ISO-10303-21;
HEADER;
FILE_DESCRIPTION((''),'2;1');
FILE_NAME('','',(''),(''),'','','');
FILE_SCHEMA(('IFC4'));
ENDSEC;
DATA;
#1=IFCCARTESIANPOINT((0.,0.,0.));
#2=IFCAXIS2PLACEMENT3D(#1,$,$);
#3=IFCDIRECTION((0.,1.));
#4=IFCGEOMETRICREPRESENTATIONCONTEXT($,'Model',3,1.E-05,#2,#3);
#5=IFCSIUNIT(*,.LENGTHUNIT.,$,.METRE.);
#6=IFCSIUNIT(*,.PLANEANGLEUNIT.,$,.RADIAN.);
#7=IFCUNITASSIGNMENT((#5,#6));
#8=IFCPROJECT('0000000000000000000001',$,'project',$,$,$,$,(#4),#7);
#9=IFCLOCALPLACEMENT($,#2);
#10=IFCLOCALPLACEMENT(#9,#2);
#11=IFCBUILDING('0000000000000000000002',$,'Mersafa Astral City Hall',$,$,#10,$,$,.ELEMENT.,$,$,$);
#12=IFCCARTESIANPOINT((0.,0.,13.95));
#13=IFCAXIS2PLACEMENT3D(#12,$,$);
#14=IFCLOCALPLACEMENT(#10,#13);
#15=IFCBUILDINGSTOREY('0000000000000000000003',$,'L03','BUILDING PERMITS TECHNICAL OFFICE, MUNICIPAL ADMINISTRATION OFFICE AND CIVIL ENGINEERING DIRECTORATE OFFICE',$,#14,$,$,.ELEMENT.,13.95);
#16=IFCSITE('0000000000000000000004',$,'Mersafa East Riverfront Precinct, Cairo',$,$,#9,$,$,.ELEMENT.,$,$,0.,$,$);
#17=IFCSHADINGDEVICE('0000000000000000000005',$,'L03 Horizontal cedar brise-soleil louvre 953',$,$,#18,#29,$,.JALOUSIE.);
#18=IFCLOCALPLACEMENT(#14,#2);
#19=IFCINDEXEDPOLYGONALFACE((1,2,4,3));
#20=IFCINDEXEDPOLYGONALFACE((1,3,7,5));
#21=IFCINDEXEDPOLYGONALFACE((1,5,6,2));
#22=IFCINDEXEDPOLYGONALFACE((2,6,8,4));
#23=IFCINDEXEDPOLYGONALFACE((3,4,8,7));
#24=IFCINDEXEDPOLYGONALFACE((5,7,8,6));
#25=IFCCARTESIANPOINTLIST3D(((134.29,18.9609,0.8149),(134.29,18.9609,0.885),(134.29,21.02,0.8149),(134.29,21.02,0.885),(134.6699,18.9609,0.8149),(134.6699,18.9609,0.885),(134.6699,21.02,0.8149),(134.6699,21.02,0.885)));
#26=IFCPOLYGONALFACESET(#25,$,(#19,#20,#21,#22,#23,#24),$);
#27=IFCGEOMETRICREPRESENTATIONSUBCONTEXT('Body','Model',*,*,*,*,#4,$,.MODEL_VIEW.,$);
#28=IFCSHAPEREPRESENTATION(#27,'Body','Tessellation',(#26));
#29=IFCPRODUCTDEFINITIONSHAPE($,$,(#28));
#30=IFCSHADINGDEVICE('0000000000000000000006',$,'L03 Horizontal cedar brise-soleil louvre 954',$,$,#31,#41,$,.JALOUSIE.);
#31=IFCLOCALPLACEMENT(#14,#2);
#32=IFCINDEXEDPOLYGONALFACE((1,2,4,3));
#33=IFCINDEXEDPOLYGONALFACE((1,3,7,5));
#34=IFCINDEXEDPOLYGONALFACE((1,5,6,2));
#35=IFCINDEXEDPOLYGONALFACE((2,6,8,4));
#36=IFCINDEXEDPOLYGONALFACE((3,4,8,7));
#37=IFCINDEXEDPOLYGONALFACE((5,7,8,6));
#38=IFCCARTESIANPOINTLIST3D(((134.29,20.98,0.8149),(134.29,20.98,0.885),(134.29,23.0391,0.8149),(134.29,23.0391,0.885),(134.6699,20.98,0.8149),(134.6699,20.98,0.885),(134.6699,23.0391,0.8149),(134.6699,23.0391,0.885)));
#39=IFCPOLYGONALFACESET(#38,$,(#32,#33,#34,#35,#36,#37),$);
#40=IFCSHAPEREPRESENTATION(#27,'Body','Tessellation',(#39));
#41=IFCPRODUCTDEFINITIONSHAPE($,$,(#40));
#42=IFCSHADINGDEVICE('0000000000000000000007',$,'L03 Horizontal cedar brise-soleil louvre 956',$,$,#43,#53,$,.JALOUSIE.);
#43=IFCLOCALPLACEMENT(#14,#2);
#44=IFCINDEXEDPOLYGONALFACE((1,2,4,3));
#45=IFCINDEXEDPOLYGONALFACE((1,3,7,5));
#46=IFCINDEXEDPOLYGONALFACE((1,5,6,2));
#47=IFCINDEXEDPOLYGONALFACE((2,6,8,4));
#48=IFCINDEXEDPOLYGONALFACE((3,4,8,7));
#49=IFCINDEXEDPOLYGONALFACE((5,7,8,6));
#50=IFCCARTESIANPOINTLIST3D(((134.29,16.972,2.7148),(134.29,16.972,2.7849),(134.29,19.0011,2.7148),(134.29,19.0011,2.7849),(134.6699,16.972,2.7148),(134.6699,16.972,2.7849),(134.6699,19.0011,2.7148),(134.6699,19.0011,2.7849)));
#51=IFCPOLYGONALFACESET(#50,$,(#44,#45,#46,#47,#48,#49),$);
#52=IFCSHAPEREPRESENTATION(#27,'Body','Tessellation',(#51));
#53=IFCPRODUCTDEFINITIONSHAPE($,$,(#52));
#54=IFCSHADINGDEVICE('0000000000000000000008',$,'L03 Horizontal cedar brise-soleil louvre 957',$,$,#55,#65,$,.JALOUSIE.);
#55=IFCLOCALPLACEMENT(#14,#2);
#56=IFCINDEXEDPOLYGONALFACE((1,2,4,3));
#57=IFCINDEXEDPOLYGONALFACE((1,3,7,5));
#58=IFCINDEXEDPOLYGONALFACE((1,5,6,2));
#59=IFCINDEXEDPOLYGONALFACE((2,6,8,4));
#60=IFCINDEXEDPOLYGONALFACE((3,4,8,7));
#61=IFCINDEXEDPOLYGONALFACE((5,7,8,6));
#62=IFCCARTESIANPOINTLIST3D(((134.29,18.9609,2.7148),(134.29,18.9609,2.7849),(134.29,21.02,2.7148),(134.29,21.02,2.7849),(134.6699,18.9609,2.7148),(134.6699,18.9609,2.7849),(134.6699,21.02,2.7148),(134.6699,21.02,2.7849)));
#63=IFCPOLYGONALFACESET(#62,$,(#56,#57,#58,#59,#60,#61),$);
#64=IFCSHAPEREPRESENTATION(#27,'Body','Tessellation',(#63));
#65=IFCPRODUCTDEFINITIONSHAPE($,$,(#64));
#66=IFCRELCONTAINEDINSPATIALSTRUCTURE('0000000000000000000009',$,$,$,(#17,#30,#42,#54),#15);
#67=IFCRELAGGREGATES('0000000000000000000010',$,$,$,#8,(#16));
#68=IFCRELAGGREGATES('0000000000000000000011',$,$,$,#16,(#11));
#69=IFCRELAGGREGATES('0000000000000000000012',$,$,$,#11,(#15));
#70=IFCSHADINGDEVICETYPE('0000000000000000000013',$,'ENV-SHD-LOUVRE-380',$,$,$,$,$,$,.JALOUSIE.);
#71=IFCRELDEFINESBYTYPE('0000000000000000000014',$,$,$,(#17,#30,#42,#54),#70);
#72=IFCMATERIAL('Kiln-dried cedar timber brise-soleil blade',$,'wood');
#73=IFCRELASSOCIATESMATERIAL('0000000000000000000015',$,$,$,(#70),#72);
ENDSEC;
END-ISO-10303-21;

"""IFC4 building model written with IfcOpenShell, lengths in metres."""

from ifc_helpers import new_model, si_unit, direction, frame, origin, origin_2d, place, context, subcontext, project, spatial, rectangle, extrude, material, type_object, element, save


model = new_model("IFC4")

# Units and contexts
model_context = context("Model", 3, precision=1e-05, world=origin(), true_north=direction((0.0, 1.0)))
body_context = subcontext(model_context, "Body", "Model", "MODEL_VIEW")
ifc_project = project(units=[si_unit("LENGTHUNIT", "METRE"), si_unit("PLANEANGLEUNIT", "RADIAN")], contexts=[model_context])

# Site, building, storey
site_placement = place(None, origin())
site = spatial("IfcSite", under=ifc_project, at=site_placement, Name="Mersafa East Riverfront Precinct, Cairo", CompositionType="ELEMENT", RefElevation=0.0)
building_placement = place(site_placement, origin())
building = spatial("IfcBuilding", under=site, at=building_placement, Name="Mersafa Astral City Hall", CompositionType="ELEMENT")
storey_placement = place(building_placement, frame((0.0, 0.0, 13.95)))
storey = spatial("IfcBuildingStorey", under=building, at=storey_placement, Name="L03", Description="BUILDING PERMITS TECHNICAL OFFICE, MUNICIPAL ADMINISTRATION OFFICE AND CIVIL ENGINEERING DIRECTORATE OFFICE", CompositionType="ELEMENT", Elevation=13.95)

# Shading devices
ifc_material_1 = material(Name="Kiln-dried cedar timber brise-soleil blade", Category="wood")
shading_device_type = type_object("IfcShadingDeviceType", Name="ENV-SHD-LOUVRE-380", PredefinedType="JALOUSIE", material=ifc_material_1)
for number, where, z_axis, x_axis, name in (
    (1, (134.48, 19.9905, 0.8149), (0.0, 0.0, 1.0), (0.0, 1.0, 0.0), "L03 Horizontal cedar brise-soleil louvre 953"),
    (2, (134.48, 22.0095, 0.8149), (0.0, 0.0, 1.0), (0.0, 1.0, 0.0), "L03 Horizontal cedar brise-soleil louvre 954"),
):
    element("IfcShadingDevice", number, at=place(storey_placement, frame(where, z_axis=z_axis, x_axis=x_axis)), inside=storey, type_object=shading_device_type, Name=name, PredefinedType="JALOUSIE", context=body_context, shape_type="SweptSolid", body=[
        extrude(rectangle(XDim=2.0591, YDim=0.3799, at=origin_2d()), origin(), (0.0, 0.0, 1.0), 0.0701),
    ])
shading_device_1_placement = place(storey_placement, frame((134.48, 17.9866, 2.7148), z_axis=(0.0, 0.0, 1.0), x_axis=(0.0, 1.0, 0.0)))
element("IfcShadingDevice", 3, at=shading_device_1_placement, inside=storey, type_object=shading_device_type, Name="L03 Horizontal cedar brise-soleil louvre 956", PredefinedType="JALOUSIE", context=body_context, shape_type="SweptSolid", body=[
    extrude(rectangle(XDim=2.0291, YDim=0.3799, at=origin_2d()), origin(), (0.0, 0.0, 1.0), 0.0701),
])
shading_device_2_placement = place(storey_placement, frame((134.48, 19.9905, 2.7148), z_axis=(0.0, 0.0, 1.0), x_axis=(0.0, 1.0, 0.0)))
element("IfcShadingDevice", 4, at=shading_device_2_placement, inside=storey, type_object=shading_device_type, Name="L03 Horizontal cedar brise-soleil louvre 957", PredefinedType="JALOUSIE", context=body_context, shape_type="SweptSolid", body=[
    extrude(rectangle(XDim=2.0591, YDim=0.3799, at=origin_2d()), origin(), (0.0, 0.0, 1.0), 0.0701),
])

save(model, "model.ifc")
